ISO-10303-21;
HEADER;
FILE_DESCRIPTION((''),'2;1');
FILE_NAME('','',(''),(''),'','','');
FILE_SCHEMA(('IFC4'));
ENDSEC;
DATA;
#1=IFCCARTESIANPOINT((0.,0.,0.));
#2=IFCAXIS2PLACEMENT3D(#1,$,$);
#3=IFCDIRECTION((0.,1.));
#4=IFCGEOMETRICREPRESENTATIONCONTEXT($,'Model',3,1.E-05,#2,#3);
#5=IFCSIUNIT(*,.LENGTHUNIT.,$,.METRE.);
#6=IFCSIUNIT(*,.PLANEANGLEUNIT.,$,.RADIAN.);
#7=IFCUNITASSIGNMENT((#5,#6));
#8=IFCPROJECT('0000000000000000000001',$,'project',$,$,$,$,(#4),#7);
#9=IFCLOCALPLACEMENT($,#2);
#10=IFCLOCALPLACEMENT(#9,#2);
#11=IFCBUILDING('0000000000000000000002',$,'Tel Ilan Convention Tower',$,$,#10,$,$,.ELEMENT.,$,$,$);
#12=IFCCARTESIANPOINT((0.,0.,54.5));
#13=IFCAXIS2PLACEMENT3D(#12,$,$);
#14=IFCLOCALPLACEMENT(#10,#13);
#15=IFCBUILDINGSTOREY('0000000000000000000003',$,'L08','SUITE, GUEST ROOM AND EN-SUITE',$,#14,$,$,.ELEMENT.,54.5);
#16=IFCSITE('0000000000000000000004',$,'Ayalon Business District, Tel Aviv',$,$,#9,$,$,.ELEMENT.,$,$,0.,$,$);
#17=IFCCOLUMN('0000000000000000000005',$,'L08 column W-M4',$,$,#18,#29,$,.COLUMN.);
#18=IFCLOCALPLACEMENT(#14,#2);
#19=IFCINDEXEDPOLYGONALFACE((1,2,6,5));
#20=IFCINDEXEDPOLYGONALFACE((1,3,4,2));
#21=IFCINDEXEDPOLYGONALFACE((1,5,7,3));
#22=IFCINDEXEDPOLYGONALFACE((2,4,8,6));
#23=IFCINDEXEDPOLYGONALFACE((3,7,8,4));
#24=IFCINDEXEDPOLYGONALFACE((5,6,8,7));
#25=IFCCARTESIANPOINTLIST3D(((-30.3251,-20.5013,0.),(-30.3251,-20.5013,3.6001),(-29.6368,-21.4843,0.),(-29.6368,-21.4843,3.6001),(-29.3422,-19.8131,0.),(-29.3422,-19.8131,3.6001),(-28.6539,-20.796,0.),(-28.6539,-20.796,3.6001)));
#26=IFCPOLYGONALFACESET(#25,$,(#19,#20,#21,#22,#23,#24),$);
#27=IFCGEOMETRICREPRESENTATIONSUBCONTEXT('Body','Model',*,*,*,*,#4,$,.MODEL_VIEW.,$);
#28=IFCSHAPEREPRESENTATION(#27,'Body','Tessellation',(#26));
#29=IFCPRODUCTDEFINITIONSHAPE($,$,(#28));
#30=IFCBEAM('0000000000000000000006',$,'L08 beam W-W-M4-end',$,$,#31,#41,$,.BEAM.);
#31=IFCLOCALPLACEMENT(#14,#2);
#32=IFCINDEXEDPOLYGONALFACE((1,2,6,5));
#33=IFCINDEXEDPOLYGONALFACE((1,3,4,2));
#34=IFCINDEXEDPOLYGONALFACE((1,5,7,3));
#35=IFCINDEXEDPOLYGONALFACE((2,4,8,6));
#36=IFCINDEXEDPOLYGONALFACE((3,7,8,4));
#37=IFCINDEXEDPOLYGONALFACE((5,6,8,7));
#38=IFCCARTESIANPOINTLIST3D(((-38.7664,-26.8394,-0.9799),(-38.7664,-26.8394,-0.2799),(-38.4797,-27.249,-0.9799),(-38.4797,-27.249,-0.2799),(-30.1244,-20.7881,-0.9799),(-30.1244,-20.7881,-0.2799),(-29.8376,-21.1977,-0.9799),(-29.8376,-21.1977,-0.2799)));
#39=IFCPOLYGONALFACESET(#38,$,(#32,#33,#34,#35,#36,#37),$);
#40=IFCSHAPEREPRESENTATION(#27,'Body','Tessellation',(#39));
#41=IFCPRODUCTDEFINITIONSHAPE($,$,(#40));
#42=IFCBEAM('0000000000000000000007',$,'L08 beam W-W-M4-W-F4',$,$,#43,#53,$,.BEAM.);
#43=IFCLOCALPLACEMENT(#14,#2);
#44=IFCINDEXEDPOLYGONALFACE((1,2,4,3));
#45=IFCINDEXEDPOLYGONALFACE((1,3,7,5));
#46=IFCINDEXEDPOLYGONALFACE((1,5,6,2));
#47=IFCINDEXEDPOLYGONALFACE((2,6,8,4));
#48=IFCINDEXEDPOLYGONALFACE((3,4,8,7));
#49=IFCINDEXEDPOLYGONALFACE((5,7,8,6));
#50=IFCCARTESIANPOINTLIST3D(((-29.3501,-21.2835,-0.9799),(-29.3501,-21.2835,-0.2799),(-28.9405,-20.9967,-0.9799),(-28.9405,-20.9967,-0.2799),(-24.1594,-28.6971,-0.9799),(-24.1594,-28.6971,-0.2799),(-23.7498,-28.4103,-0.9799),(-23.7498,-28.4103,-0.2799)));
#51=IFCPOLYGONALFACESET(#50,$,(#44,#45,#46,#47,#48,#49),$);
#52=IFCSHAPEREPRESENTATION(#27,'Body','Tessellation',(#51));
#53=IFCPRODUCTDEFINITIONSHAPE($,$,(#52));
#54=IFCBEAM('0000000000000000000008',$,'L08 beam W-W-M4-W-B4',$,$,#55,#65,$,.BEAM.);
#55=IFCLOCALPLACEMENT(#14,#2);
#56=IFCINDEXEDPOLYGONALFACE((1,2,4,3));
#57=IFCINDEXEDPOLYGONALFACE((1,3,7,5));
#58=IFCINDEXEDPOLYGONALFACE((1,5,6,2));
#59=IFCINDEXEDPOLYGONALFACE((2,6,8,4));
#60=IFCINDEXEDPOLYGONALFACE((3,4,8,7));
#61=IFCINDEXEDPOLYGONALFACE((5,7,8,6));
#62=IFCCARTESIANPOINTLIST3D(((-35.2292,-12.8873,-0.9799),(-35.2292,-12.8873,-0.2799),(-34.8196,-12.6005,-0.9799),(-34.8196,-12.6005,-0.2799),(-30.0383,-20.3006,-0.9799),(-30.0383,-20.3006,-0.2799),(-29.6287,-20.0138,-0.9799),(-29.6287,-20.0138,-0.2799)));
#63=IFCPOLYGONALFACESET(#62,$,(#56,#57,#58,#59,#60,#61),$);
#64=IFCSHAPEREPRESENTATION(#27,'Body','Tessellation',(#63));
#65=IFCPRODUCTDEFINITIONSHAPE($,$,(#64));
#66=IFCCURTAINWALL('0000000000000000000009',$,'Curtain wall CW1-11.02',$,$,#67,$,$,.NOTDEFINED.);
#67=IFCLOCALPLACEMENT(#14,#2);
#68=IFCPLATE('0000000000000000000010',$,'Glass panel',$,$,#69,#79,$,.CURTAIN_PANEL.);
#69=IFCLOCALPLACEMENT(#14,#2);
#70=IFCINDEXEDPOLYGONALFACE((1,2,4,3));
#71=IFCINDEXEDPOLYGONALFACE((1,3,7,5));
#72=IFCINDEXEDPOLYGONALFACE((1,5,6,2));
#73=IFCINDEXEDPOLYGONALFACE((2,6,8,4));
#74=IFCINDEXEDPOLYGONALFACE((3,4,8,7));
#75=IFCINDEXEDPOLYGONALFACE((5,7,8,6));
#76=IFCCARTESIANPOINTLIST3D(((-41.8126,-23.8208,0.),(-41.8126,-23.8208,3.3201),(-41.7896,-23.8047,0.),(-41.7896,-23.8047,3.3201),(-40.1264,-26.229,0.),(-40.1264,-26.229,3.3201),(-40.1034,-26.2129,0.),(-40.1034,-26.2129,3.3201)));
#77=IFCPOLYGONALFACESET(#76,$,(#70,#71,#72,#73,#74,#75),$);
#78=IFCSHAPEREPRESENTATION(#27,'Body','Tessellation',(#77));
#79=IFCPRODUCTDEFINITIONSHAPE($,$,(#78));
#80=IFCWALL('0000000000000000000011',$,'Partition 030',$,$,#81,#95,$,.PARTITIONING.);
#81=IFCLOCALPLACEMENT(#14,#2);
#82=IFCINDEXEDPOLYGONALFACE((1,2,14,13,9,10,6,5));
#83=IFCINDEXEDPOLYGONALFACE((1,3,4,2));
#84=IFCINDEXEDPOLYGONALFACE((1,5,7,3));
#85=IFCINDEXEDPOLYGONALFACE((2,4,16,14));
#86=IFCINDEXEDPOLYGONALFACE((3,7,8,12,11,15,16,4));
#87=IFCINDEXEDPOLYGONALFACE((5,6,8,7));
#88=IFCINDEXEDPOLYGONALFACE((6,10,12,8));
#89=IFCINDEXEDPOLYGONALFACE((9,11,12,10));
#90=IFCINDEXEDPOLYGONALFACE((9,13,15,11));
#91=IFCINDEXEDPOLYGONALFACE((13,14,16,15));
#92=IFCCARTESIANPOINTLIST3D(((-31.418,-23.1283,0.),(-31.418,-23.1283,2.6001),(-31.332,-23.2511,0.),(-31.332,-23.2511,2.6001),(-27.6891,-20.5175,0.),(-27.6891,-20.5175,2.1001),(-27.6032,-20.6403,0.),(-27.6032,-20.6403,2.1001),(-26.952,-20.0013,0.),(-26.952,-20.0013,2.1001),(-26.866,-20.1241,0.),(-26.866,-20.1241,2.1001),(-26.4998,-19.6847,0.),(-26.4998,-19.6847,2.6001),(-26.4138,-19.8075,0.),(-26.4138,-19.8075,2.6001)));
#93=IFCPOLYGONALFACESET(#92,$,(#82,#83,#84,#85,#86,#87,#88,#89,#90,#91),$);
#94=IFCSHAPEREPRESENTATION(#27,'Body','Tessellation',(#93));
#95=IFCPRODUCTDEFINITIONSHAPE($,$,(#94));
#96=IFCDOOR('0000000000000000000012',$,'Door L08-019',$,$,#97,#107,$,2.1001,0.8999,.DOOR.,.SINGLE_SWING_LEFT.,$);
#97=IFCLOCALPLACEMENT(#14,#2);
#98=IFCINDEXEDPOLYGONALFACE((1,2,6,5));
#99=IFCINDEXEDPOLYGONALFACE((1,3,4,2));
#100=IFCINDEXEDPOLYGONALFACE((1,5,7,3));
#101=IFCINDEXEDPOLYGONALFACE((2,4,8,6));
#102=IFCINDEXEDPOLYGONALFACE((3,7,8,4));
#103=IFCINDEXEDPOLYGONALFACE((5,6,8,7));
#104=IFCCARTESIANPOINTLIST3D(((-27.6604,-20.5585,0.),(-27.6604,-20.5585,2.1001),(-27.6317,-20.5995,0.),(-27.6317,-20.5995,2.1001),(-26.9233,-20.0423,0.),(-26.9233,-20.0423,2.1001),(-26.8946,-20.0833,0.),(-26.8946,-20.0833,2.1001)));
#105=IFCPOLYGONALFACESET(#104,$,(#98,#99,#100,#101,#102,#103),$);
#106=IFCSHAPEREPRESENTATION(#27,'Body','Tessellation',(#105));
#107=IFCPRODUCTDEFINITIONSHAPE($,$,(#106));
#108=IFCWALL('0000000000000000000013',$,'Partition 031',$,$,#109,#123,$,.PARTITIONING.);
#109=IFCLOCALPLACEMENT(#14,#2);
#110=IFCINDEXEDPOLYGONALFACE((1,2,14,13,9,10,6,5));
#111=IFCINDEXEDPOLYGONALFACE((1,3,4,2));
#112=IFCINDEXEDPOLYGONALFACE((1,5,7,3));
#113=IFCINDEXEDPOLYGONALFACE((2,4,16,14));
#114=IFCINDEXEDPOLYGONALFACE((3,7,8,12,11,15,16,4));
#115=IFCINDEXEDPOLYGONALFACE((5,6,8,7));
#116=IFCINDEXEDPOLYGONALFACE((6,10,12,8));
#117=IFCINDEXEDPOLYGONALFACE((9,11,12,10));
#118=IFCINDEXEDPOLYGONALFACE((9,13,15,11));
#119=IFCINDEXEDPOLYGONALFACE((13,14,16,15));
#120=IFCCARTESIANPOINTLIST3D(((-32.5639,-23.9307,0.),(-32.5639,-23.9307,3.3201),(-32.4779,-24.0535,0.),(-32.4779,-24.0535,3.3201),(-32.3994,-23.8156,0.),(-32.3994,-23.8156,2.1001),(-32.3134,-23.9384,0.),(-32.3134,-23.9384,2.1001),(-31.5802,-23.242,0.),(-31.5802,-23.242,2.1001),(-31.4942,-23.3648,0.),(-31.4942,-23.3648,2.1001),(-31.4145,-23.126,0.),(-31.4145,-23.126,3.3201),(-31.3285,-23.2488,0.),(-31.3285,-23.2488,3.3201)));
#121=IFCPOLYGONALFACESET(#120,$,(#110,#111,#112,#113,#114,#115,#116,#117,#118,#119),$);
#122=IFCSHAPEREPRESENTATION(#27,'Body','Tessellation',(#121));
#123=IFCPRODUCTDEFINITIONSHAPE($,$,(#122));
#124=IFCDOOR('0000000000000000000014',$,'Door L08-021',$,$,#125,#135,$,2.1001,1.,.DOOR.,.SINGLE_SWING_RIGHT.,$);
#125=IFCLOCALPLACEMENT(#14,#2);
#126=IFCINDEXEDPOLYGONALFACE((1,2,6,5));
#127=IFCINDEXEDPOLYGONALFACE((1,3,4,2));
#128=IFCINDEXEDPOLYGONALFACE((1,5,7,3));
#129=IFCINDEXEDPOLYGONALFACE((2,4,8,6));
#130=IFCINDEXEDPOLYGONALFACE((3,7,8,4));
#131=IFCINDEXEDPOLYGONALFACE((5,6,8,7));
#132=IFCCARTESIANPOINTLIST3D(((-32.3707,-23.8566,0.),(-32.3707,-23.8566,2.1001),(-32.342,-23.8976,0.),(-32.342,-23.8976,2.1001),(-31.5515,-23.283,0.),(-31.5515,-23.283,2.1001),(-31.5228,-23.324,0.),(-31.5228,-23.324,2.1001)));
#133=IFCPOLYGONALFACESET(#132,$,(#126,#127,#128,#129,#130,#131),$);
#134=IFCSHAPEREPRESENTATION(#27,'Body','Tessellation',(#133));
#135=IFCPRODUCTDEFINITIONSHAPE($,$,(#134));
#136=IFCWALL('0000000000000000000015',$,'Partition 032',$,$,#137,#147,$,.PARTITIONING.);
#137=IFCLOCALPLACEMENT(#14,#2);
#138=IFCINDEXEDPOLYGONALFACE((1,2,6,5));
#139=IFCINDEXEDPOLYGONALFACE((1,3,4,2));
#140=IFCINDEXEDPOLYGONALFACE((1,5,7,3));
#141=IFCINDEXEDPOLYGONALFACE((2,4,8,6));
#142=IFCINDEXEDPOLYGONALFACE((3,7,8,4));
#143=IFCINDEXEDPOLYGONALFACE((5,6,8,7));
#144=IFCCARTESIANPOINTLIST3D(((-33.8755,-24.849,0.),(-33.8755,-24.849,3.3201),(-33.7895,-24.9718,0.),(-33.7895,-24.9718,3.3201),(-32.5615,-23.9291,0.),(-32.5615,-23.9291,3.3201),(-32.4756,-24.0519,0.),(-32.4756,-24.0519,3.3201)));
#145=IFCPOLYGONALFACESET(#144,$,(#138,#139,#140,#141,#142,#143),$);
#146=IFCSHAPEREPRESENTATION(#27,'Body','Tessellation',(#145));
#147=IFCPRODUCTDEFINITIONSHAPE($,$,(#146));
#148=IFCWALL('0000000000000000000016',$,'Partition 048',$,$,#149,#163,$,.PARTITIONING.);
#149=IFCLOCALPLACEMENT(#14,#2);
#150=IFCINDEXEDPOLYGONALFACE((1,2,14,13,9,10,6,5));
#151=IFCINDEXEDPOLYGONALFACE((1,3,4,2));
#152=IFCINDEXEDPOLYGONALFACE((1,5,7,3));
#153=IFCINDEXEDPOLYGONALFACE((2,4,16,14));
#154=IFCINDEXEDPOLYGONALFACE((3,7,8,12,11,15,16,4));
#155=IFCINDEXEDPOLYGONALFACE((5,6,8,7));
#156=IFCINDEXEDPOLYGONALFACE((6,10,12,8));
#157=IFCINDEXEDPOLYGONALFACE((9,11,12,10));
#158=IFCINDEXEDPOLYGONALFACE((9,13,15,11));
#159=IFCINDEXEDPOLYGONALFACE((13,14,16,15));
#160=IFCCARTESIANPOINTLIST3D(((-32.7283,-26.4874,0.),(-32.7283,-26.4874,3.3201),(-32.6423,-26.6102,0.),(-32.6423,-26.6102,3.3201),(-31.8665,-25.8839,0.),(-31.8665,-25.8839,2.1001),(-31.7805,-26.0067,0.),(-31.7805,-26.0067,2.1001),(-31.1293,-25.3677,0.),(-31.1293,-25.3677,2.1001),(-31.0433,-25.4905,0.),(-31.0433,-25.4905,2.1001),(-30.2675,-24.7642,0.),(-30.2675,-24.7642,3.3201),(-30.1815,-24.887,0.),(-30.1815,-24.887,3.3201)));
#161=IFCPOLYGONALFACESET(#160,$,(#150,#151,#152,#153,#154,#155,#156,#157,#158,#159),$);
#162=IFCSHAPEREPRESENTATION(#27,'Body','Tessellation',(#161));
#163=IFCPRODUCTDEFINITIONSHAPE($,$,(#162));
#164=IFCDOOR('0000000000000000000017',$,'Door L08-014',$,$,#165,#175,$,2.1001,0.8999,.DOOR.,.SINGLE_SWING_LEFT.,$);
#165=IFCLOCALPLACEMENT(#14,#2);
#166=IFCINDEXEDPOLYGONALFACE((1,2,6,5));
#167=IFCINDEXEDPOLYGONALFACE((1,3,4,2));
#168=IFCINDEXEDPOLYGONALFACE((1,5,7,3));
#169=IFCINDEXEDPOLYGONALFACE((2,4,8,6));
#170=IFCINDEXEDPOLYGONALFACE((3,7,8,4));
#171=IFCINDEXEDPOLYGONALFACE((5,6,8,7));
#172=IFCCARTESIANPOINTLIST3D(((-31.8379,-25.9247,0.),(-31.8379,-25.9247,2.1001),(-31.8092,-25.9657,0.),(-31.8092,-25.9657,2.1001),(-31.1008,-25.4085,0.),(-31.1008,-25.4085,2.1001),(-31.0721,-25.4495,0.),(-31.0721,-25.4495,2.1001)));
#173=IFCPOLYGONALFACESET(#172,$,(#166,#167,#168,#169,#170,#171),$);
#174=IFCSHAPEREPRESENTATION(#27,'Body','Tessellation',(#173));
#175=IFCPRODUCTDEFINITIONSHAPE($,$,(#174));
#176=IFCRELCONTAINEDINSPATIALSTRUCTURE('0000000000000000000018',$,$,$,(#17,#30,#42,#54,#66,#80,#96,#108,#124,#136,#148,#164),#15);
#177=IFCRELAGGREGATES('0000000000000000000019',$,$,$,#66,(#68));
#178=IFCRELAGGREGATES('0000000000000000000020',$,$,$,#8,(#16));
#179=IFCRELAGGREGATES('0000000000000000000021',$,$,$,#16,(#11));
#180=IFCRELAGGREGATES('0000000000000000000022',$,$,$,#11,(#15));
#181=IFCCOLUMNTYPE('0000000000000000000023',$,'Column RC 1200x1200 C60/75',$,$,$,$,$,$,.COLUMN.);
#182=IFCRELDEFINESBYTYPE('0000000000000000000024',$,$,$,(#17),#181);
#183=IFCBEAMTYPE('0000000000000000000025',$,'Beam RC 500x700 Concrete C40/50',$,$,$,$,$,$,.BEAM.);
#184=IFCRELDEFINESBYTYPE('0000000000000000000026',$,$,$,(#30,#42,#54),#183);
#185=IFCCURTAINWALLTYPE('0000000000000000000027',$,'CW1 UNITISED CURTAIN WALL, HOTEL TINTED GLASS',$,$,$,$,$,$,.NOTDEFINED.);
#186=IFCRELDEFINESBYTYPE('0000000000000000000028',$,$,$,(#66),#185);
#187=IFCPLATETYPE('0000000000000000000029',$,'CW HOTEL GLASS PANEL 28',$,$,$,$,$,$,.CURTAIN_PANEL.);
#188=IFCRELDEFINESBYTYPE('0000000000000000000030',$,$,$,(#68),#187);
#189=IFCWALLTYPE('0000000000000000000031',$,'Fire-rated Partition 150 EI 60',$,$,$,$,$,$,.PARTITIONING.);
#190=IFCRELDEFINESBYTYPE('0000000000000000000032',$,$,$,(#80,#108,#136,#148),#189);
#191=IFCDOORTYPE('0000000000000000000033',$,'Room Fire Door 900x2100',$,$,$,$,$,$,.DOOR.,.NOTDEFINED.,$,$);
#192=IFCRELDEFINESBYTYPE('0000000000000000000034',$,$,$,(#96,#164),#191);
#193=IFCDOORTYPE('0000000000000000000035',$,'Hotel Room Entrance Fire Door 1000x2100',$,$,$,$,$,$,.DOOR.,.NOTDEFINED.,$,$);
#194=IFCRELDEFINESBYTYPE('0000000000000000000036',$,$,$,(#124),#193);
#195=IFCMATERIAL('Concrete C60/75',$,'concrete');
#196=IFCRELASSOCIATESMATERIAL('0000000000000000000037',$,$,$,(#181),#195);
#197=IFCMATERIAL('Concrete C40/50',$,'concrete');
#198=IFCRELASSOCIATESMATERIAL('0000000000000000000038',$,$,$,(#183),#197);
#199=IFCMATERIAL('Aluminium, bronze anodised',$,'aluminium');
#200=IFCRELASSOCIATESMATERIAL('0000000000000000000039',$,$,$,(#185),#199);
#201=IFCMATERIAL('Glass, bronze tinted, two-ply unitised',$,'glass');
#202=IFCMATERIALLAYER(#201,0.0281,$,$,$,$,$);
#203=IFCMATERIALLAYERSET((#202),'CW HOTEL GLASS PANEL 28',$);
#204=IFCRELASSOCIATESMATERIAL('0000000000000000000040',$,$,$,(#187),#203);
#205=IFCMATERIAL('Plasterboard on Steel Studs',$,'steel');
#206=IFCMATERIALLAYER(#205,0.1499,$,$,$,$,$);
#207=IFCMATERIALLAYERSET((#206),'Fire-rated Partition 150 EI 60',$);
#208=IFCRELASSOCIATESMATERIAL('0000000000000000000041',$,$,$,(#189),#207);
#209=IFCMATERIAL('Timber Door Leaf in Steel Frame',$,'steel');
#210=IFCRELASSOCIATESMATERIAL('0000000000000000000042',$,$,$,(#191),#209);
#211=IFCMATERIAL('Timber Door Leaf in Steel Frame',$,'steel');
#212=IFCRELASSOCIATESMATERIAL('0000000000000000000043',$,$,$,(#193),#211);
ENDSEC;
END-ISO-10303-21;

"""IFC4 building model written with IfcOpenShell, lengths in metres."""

from ifc_helpers import new_model, si_unit, direction, frame, frame_2d, origin, origin_2d, place, context, subcontext, project, spatial, rectangle, extrude, material, layer, layer_set, material_profile, profile_set, type_object, element, fill, aggregate, save


model = new_model("IFC4")

# Units and contexts
model_context = context("Model", 3, precision=1e-05, world=origin(), true_north=direction((0.0, 1.0)))
body_context = subcontext(model_context, "Body", "Model", "MODEL_VIEW")
ifc_project = project(units=[si_unit("LENGTHUNIT", "METRE"), si_unit("PLANEANGLEUNIT", "RADIAN")], contexts=[model_context])

# Site, building, storey
site_placement = place(None, origin())
site = spatial("IfcSite", under=ifc_project, at=site_placement, Name="Ayalon Business District, Tel Aviv", CompositionType="ELEMENT", RefElevation=0.0)
building_placement = place(site_placement, origin())
building = spatial("IfcBuilding", under=site, at=building_placement, Name="Tel Ilan Convention Tower", CompositionType="ELEMENT")
storey_placement = place(building_placement, frame((0.0, 0.0, 54.5)))
storey = spatial("IfcBuildingStorey", under=building, at=storey_placement, Name="L08", Description="SUITE, GUEST ROOM AND EN-SUITE", CompositionType="ELEMENT", Elevation=54.5)

# Column
ifc_material_1 = material(Name="Concrete C60/75", Category="concrete")
ifc_material_profile_1 = material_profile(ifc_material_1, rectangle(XDim=1.2, YDim=1.2, at=origin_2d()), Name="RC 1200x1200")
ifc_profile_set_1 = profile_set([ifc_material_profile_1], Name="Concrete C60/75")
column_type = type_object("IfcColumnType", Name="Column RC 1200x1200 C60/75", PredefinedType="COLUMN", material=ifc_profile_set_1)
column_placement = place(storey_placement, frame((-29.4895, -20.6487, 0.0), z_axis=(0.0, 0.0, 1.0), x_axis=(-0.819152, -0.573576, 0.0)))
element("IfcColumn", 1, at=column_placement, inside=storey, type_object=column_type, Name="L08 column W-M4", PredefinedType="COLUMN", context=body_context, shape_type="SweptSolid", body=[
    extrude(rectangle(XDim=1.2, YDim=1.2, at=origin_2d()), origin(), (0.0, 0.0, 1.0), 3.6001),
])

# Beams
ifc_material_2 = material(Name="Concrete C40/50", Category="concrete")
ifc_material_profile_2 = material_profile(ifc_material_2, rectangle(XDim=0.5, YDim=0.7, at=origin_2d()), Name="RC 500x700")
ifc_profile_set_2 = profile_set([ifc_material_profile_2], Name="Concrete C40/50")
beam_type = type_object("IfcBeamType", Name="Beam RC 500x700 Concrete C40/50", PredefinedType="BEAM", material=ifc_profile_set_2)
beam_placement = place(storey_placement, frame((-29.981, -20.9929, -0.6299), z_axis=(-0.819151, -0.573577, 0.0), x_axis=(0.573577, -0.819151, 0.0)))
element("IfcBeam", 2, at=beam_placement, inside=storey, type_object=beam_type, Name="L08 beam W-W-M4-end", PredefinedType="BEAM", context=body_context, shape_type="SweptSolid", body=[
    extrude(rectangle(XDim=0.5, YDim=0.7, at=origin_2d()), origin(), (0.0, 0.0, 1.0), 10.55),
])
for number, where, z_axis, x_axis, name in (
    (3, (-29.1453, -21.1401, -0.6299), (0.573549, -0.819171, 0.0), (0.819171, 0.573549, 0.0), "L08 beam W-W-M4-W-F4"),
    (4, (-29.8335, -20.1572, -0.6299), (-0.57358, 0.81915, 0.0), (-0.81915, -0.57358, 0.0), "L08 beam W-W-M4-W-B4"),
):
    element("IfcBeam", number, at=place(storey_placement, frame(where, z_axis=z_axis, x_axis=x_axis)), inside=storey, type_object=beam_type, Name=name, PredefinedType="BEAM", context=body_context, shape_type="SweptSolid", body=[
        extrude(rectangle(XDim=0.5, YDim=0.7, at=origin_2d()), origin(), (0.0, 0.0, 1.0), 9.05),
    ])

# Curtain wall, plate
ifc_material_3 = material(Name="Aluminium, bronze anodised", Category="aluminium")
curtain_wall_type = type_object("IfcCurtainWallType", Name="CW1 UNITISED CURTAIN WALL, HOTEL TINTED GLASS", PredefinedType="NOTDEFINED", material=ifc_material_3)
curtain_wall_placement = place(storey_placement, origin())
curtain_wall = element("IfcCurtainWall", 5, at=curtain_wall_placement, inside=storey, type_object=curtain_wall_type, Name="Curtain wall CW1-11.02", PredefinedType="NOTDEFINED")
ifc_material_4 = material(Name="Glass, bronze tinted, two-ply unitised", Category="glass")
ifc_layer_1 = layer(ifc_material_4, 0.0281)
ifc_layer_set_1 = layer_set([ifc_layer_1], Name="CW HOTEL GLASS PANEL 28")
plate_type = type_object("IfcPlateType", Name="CW HOTEL GLASS PANEL 28", PredefinedType="CURTAIN_PANEL", material=ifc_layer_set_1)
plate_placement = place(storey_placement, frame((-40.958, -25.0168, 0.0), z_axis=(0.0, 0.0, 1.0), x_axis=(0.573576, -0.819152, 0.0)))
plate = element("IfcPlate", 6, at=plate_placement, type_object=plate_type, Name="Glass panel", PredefinedType="CURTAIN_PANEL", context=body_context, shape_type="SweptSolid", body=[
    extrude(rectangle(XDim=2.9399, YDim=0.0281, at=origin_2d()), origin(), (0.0, 0.0, 1.0), 3.3201),
])
aggregate(curtain_wall, [plate])

# Walls, openings, doors
ifc_material_5 = material(Name="Plasterboard on Steel Studs", Category="steel")
ifc_layer_2 = layer(ifc_material_5, 0.1499)
ifc_layer_set_2 = layer_set([ifc_layer_2], Name="Fire-rated Partition 150 EI 60")
wall_type_1 = type_object("IfcWallType", Name="Fire-rated Partition 150 EI 60", PredefinedType="PARTITIONING", material=ifc_layer_set_2)
wall_1_placement = place(storey_placement, frame((-31.375, -23.1897, 0.0), z_axis=(0.0, 0.0, 1.0), x_axis=(0.819165, 0.573558, 0.0)))
wall_1 = element("IfcWall", 7, at=wall_1_placement, inside=storey, type_object=wall_type_1, Name="Partition 030", PredefinedType="PARTITIONING", context=body_context, shape_type="SweptSolid", body=[
    extrude(rectangle(XDim=6.0039, YDim=0.1499, at=frame_2d((3.002, 0.0))), origin(), (0.0, 0.0, 1.0), 2.6001),
])
opening_1_placement = place(wall_1_placement, frame((4.552, 0.0, 0.0)))
opening_1 = element("IfcOpeningElement", 8, at=opening_1_placement, cuts=wall_1, PredefinedType="OPENING", context=body_context, shape_type="SweptSolid", body=[
    extrude(rectangle(XDim=0.8999, YDim=2.1001, at=frame_2d((0.45, 1.05))), frame((0.0, 0.085, 0.0), z_axis=(0.0, -1.0, 0.0), x_axis=(1.0, 0.0, 0.0)), (0.0, 0.0, 1.0), 0.1699),
])
ifc_material_6 = material(Name="Timber Door Leaf in Steel Frame", Category="steel")
door_type_1 = type_object("IfcDoorType", Name="Room Fire Door 900x2100", OperationType="NOTDEFINED", PredefinedType="DOOR", material=ifc_material_6)
door_1_placement = place(opening_1_placement, origin())
door_1 = element("IfcDoor", 9, at=door_1_placement, inside=storey, type_object=door_type_1, Name="Door L08-019", OperationType="SINGLE_SWING_LEFT", OverallHeight=2.1001, OverallWidth=0.8999, PredefinedType="DOOR", context=body_context, shape_type="SweptSolid", body=[
    extrude(rectangle(XDim=0.8999, YDim=2.1001, at=frame_2d((0.45, 1.05))), frame((0.0, 0.0249, 0.0), z_axis=(0.0, -1.0, 0.0), x_axis=(1.0, 0.0, 0.0)), (0.0, 0.0, 1.0), 0.05),
])
fill(opening_1, door_1)
wall_2_placement = place(storey_placement, frame((-32.521, -23.9922, 0.0), z_axis=(0.0, 0.0, 1.0), x_axis=(0.819199, 0.573509, 0.0)))
wall_2 = element("IfcWall", 10, at=wall_2_placement, inside=storey, type_object=wall_type_1, Name="Partition 031", PredefinedType="PARTITIONING", context=body_context, shape_type="SweptSolid", body=[
    extrude(rectangle(XDim=1.4031, YDim=0.1499, at=frame_2d((0.7017, 0.0))), origin(), (0.0, 0.0, 1.0), 3.3201),
])
opening_2_placement = place(wall_2_placement, frame((0.2009, 0.0, 0.0)))
opening_2 = element("IfcOpeningElement", 11, at=opening_2_placement, cuts=wall_2, PredefinedType="OPENING", context=body_context, shape_type="SweptSolid", body=[
    extrude(rectangle(XDim=1.0, YDim=2.1001, at=frame_2d((0.5, 1.05))), frame((0.0, 0.085, 0.0), z_axis=(0.0, -1.0, 0.0), x_axis=(1.0, 0.0, 0.0)), (0.0, 0.0, 1.0), 0.1699),
])
ifc_material_7 = material(Name="Timber Door Leaf in Steel Frame", Category="steel")
door_type_2 = type_object("IfcDoorType", Name="Hotel Room Entrance Fire Door 1000x2100", OperationType="NOTDEFINED", PredefinedType="DOOR", material=ifc_material_7)
door_2_placement = place(opening_2_placement, origin())
door_2 = element("IfcDoor", 12, at=door_2_placement, inside=storey, type_object=door_type_2, Name="Door L08-021", OperationType="SINGLE_SWING_RIGHT", OverallHeight=2.1001, OverallWidth=1.0, PredefinedType="DOOR", context=body_context, shape_type="SweptSolid", body=[
    extrude(rectangle(XDim=1.0, YDim=2.1001, at=frame_2d((0.5, 1.05))), frame((0.0, 0.0249, 0.0), z_axis=(0.0, -1.0, 0.0), x_axis=(1.0, 0.0, 0.0)), (0.0, 0.0, 1.0), 0.05),
])
fill(opening_2, door_2)

# Wall
wall_3_placement = place(storey_placement, frame((-33.8325, -24.9104, 0.0), z_axis=(0.0, 0.0, 1.0), x_axis=(0.819189, 0.573524, 0.0)))
element("IfcWall", 13, at=wall_3_placement, inside=storey, type_object=wall_type_1, Name="Partition 032", PredefinedType="PARTITIONING", context=body_context, shape_type="SweptSolid", body=[
    extrude(rectangle(XDim=1.604, YDim=0.1499, at=frame_2d((0.802, 0.0))), origin(), (0.0, 0.0, 1.0), 3.3201),
])

# Wall, opening, door
wall_4_placement = place(storey_placement, frame((-30.2246, -24.8257, 0.0), z_axis=(0.0, 0.0, 1.0), x_axis=(-0.819129, -0.57361, 0.0)))
wall_4 = element("IfcWall", 14, at=wall_4_placement, inside=storey, type_object=wall_type_1, Name="Partition 048", PredefinedType="PARTITIONING", context=body_context, shape_type="SweptSolid", body=[
    extrude(rectangle(XDim=3.0042, YDim=0.1499, at=frame_2d((1.502, 0.0))), origin(), (0.0, 0.0, 1.0), 3.3201),
])
opening_3_placement = place(wall_4_placement, frame((1.052, 0.0, 0.0)))
opening_3 = element("IfcOpeningElement", 15, at=opening_3_placement, cuts=wall_4, PredefinedType="OPENING", context=body_context, shape_type="SweptSolid", body=[
    extrude(rectangle(XDim=0.8999, YDim=2.1001, at=frame_2d((0.45, 1.05))), frame((0.0, 0.085, 0.0), z_axis=(0.0, -1.0, 0.0), x_axis=(1.0, 0.0, 0.0)), (0.0, 0.0, 1.0), 0.1699),
])
door_3_placement = place(opening_3_placement, origin())
door_3 = element("IfcDoor", 16, at=door_3_placement, inside=storey, type_object=door_type_1, Name="Door L08-014", OperationType="SINGLE_SWING_LEFT", OverallHeight=2.1001, OverallWidth=0.8999, PredefinedType="DOOR", context=body_context, shape_type="SweptSolid", body=[
    extrude(rectangle(XDim=0.8999, YDim=2.1001, at=frame_2d((0.45, 1.05))), frame((0.0, 0.0249, 0.0), z_axis=(0.0, -1.0, 0.0), x_axis=(1.0, 0.0, 0.0)), (0.0, 0.0, 1.0), 0.05),
])
fill(opening_3, door_3)

save(model, "model.ifc")
